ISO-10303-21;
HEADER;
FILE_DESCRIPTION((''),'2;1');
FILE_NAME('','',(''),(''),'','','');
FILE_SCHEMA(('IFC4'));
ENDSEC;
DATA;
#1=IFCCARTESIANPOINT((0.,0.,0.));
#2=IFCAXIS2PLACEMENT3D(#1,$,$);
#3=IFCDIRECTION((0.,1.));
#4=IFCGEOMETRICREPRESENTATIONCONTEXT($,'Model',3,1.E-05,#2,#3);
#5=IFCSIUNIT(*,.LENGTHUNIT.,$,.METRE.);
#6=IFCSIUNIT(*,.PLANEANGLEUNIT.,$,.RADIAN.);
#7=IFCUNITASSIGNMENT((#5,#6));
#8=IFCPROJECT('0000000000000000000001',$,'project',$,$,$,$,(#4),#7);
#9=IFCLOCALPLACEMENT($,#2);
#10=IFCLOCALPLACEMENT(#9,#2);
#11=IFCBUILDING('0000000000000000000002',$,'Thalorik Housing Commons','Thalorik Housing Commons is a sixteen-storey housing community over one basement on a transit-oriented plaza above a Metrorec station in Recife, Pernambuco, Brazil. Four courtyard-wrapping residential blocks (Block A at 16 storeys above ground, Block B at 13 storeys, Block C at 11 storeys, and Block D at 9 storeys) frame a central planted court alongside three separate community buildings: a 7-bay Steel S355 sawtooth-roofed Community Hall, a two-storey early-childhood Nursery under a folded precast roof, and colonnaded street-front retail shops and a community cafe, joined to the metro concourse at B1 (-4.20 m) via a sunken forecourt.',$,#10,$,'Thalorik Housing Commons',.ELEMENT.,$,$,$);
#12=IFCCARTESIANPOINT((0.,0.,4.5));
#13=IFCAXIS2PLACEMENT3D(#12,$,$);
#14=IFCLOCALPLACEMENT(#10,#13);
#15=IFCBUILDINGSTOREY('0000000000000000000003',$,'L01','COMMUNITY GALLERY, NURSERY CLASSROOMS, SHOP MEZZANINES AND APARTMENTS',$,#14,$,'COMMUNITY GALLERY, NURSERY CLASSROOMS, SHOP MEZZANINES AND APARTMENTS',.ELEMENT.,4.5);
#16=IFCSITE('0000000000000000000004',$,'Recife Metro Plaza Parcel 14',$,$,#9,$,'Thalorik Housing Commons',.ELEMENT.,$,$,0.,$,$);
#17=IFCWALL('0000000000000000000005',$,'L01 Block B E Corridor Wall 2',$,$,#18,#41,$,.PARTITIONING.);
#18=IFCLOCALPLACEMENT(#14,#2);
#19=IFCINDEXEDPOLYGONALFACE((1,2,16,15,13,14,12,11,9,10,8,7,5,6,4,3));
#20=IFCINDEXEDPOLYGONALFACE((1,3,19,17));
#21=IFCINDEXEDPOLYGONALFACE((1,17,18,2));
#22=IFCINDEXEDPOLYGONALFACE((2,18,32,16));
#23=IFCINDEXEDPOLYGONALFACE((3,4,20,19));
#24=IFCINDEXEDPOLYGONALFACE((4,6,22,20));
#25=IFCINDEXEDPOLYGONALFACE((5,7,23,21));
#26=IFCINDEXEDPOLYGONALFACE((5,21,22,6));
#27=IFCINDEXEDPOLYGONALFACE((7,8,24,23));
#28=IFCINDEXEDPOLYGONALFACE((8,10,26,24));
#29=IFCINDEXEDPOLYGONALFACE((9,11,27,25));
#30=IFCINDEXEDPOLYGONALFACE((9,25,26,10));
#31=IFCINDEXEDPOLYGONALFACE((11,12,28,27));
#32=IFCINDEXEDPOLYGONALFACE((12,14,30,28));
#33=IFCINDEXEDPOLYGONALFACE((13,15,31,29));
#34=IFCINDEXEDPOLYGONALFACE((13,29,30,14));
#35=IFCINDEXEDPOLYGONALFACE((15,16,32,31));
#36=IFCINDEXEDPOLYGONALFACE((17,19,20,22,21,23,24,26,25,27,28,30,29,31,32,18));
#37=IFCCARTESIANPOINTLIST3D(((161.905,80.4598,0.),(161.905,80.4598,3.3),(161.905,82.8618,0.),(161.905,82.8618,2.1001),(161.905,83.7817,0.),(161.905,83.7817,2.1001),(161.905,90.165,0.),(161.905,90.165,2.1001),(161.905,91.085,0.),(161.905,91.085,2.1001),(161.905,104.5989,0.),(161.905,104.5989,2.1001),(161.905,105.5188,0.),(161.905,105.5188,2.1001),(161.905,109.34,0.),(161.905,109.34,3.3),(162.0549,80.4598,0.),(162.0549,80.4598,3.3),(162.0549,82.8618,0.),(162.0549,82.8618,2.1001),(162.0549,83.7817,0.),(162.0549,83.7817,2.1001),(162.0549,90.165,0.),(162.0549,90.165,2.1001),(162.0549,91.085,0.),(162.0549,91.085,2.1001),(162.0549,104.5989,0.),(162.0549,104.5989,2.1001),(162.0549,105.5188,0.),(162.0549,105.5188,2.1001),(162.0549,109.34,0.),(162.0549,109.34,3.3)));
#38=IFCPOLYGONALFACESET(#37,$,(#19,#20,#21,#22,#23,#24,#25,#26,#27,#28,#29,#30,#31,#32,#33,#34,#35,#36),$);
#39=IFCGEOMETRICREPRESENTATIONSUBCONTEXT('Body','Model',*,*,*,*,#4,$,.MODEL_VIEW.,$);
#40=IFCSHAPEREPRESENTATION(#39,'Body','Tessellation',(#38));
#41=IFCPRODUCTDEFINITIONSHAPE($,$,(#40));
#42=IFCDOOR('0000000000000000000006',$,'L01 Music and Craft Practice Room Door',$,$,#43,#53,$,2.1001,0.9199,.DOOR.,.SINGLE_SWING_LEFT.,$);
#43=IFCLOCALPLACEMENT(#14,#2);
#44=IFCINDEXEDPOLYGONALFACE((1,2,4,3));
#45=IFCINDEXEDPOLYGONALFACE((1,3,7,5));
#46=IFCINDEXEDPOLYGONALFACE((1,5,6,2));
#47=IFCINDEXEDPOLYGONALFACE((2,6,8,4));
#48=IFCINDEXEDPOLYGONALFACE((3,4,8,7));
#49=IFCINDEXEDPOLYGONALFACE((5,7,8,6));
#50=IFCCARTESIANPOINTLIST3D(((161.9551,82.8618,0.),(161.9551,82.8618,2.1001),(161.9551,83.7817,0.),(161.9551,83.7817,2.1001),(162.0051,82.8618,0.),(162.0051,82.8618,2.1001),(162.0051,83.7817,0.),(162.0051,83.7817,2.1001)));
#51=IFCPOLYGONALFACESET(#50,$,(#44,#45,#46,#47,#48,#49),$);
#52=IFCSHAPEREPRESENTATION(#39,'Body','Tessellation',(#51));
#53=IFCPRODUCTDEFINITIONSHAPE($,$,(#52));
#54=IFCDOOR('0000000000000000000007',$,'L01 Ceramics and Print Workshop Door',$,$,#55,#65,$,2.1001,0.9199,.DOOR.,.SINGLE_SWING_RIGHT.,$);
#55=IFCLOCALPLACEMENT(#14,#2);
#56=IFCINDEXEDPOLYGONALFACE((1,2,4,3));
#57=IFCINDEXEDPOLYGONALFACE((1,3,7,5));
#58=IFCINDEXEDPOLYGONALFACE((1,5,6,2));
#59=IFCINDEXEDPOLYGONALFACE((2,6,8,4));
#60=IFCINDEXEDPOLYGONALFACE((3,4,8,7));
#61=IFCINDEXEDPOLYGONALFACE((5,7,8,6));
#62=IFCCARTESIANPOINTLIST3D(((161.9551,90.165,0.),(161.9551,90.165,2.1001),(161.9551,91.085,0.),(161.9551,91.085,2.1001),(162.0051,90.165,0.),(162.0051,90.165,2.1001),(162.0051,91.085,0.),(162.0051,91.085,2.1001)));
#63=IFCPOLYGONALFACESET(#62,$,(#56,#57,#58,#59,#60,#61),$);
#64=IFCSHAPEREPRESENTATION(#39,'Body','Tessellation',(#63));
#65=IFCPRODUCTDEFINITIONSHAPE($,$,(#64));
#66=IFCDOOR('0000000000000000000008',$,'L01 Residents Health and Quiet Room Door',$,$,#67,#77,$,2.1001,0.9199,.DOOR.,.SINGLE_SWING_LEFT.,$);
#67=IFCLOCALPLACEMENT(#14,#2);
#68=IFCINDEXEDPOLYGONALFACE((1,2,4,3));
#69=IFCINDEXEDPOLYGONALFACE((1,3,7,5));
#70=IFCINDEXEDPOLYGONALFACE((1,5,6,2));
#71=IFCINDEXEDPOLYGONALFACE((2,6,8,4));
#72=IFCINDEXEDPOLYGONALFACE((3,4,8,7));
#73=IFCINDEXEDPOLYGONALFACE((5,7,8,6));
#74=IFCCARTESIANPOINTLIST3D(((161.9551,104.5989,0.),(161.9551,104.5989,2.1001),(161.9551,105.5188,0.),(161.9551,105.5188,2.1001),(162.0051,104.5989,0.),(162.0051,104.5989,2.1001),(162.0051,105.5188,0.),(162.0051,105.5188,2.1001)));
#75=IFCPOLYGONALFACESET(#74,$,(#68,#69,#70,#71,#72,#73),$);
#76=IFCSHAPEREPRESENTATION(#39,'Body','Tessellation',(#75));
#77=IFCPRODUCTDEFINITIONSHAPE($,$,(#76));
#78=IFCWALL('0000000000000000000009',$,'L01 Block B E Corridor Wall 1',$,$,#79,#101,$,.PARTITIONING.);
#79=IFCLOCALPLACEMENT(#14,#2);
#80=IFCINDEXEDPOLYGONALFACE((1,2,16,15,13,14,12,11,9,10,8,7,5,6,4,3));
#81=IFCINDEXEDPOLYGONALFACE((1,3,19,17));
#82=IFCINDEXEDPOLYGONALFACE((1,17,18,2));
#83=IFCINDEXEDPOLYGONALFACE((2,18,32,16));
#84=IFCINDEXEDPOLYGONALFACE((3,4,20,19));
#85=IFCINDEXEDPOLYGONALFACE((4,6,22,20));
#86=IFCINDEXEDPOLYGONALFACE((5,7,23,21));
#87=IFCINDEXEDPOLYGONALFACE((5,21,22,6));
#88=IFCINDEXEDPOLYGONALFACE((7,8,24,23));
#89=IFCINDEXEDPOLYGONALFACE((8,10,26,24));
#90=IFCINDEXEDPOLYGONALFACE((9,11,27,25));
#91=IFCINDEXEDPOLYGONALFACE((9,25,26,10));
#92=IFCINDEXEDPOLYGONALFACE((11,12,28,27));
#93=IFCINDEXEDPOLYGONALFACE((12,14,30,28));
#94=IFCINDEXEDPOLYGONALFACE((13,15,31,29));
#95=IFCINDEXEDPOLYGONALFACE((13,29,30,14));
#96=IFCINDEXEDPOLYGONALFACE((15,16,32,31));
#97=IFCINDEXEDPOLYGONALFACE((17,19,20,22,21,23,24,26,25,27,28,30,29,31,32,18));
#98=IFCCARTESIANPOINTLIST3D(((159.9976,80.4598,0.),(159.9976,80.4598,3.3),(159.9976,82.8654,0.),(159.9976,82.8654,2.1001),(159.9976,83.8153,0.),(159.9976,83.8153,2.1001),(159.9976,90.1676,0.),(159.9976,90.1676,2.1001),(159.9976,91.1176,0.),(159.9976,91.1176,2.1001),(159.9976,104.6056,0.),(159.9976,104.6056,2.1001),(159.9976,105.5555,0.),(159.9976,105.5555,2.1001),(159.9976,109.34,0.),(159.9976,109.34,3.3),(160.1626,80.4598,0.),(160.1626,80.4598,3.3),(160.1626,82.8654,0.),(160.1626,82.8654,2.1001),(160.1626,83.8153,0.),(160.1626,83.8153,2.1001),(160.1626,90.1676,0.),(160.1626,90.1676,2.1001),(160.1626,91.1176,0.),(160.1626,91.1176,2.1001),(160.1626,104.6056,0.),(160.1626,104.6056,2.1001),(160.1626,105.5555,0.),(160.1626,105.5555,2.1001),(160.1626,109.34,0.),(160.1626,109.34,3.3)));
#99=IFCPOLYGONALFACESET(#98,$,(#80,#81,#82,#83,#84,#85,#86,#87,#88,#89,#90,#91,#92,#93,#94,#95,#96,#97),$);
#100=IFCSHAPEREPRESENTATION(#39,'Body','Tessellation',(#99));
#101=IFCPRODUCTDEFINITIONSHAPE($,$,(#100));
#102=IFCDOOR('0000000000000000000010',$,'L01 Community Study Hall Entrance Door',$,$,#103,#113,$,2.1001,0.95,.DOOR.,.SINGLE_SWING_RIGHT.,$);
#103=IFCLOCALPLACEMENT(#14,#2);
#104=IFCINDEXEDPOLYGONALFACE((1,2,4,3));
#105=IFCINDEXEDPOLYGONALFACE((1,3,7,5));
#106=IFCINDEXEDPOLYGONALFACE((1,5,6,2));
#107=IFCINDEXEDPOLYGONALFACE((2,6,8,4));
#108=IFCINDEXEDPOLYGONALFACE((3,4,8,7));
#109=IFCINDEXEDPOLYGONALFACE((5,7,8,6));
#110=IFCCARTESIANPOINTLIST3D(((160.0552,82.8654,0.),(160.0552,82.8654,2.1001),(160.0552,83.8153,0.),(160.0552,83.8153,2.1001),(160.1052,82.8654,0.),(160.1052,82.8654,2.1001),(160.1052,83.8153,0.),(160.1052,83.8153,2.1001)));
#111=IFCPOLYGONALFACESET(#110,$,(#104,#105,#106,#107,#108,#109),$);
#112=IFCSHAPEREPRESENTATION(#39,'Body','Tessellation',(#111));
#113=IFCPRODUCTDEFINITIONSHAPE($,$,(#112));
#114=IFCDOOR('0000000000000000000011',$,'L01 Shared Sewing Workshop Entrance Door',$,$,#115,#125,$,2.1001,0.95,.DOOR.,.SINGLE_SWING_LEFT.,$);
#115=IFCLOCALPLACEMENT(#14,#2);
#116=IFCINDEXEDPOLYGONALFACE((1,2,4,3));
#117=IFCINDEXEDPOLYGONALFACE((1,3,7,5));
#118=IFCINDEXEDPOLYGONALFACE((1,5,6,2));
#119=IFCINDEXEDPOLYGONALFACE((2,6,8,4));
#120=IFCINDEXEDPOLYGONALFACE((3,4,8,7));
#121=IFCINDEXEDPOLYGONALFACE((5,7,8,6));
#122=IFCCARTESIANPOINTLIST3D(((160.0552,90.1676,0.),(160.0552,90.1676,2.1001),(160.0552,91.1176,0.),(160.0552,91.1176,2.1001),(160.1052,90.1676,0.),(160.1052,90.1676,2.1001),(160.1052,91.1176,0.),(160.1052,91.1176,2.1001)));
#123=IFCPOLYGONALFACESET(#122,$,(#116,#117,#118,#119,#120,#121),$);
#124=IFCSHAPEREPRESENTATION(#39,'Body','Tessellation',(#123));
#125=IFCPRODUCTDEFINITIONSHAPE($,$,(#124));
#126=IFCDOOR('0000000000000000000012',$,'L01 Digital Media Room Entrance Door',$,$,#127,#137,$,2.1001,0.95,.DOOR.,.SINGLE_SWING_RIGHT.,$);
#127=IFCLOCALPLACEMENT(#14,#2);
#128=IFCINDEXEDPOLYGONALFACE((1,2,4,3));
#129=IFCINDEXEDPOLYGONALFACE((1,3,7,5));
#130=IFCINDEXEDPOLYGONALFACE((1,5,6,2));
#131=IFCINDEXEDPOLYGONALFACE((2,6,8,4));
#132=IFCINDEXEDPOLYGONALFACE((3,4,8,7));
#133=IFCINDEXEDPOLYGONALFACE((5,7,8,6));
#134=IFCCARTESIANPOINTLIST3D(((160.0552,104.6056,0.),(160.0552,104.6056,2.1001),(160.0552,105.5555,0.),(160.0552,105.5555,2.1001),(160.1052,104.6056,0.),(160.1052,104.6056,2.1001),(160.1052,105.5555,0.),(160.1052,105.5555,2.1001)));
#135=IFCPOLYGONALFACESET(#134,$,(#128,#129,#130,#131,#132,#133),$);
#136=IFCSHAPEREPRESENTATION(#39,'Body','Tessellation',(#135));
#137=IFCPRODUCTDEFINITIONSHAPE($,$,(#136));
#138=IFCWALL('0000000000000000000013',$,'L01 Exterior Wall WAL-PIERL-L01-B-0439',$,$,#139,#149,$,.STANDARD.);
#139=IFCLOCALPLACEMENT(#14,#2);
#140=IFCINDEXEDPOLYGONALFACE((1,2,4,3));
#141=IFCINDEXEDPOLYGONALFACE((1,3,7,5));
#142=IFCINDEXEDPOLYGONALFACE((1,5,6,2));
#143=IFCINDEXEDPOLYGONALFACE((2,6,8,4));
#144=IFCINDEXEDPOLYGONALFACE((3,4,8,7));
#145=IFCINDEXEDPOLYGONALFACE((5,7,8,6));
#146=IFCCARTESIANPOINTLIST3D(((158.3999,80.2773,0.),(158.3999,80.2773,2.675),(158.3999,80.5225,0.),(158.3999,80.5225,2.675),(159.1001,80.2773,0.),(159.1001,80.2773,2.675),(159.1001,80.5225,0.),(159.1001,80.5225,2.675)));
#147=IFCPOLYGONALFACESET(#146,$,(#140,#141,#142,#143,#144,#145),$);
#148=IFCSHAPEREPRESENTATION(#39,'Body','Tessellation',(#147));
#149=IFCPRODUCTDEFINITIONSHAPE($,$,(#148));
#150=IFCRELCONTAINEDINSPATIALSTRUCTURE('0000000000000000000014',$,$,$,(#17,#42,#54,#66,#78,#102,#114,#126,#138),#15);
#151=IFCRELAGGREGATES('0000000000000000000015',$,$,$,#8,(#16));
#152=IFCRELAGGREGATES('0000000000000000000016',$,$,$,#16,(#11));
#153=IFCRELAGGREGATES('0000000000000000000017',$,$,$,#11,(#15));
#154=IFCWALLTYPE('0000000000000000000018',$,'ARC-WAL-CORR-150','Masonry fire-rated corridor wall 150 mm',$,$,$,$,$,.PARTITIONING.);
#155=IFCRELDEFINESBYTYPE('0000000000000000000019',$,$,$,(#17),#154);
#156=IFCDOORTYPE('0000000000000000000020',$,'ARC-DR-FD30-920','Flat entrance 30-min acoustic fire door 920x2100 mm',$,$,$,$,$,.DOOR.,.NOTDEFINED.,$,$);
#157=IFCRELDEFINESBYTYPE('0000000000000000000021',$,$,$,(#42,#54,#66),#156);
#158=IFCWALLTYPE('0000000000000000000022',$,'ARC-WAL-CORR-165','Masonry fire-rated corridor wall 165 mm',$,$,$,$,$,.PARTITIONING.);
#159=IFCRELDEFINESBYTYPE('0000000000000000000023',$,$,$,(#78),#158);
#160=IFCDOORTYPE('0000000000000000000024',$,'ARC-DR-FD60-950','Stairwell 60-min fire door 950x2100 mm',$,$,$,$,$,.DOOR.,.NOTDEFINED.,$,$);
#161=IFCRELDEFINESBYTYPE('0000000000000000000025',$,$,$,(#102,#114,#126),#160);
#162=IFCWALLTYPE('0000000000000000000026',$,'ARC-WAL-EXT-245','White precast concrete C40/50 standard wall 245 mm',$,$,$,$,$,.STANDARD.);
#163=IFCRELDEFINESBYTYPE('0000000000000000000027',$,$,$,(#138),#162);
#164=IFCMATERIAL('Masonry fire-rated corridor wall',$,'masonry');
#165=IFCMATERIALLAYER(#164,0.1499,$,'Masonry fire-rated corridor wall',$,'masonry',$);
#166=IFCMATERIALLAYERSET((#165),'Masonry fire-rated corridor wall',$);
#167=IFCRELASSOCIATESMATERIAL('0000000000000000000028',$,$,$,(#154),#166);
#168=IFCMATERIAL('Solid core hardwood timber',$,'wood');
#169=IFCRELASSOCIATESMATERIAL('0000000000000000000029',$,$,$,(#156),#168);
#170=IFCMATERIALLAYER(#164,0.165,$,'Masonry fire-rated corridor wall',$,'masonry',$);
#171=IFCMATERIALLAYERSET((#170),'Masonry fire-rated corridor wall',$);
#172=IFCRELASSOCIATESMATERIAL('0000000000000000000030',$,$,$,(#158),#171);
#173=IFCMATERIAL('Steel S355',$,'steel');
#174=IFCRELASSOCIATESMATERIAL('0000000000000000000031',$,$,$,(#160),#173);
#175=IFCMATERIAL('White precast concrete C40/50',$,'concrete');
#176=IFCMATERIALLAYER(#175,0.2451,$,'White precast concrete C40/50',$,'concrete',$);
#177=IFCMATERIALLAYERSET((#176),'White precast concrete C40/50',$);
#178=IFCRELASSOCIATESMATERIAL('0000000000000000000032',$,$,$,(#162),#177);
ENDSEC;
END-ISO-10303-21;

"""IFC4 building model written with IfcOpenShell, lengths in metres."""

from ifc_helpers import new_model, si_unit, direction, frame, frame_2d, origin, place, context, subcontext, project, spatial, rectangle, extrude, material, layer, layer_set, type_object, element, fill, save


model = new_model("IFC4")

# Units and contexts
model_context = context("Model", 3, precision=1e-05, world=origin(), true_north=direction((0.0, 1.0)))
body_context = subcontext(model_context, "Body", "Model", "MODEL_VIEW")
ifc_project = project(units=[si_unit("LENGTHUNIT", "METRE"), si_unit("PLANEANGLEUNIT", "RADIAN")], contexts=[model_context])

# Site, building, storey
site_placement = place(None, origin())
site = spatial("IfcSite", under=ifc_project, at=site_placement, Name="Recife Metro Plaza Parcel 14", LongName="Thalorik Housing Commons", CompositionType="ELEMENT", RefElevation=0.0)
building_placement = place(site_placement, origin())
building = spatial("IfcBuilding", under=site, at=building_placement, Name="Thalorik Housing Commons", Description="Thalorik Housing Commons is a sixteen-storey housing community over one basement on a transit-oriented plaza above a Metrorec station in Recife, Pernambuco, Brazil. Four courtyard-wrapping residential blocks (Block A at 16 storeys above ground, Block B at 13 storeys, Block C at 11 storeys, and Block D at 9 storeys) frame a central planted court alongside three separate community buildings: a 7-bay Steel S355 sawtooth-roofed Community Hall, a two-storey early-childhood Nursery under a folded precast roof, and colonnaded street-front retail shops and a community cafe, joined to the metro concourse at B1 (-4.20 m) via a sunken forecourt.", LongName="Thalorik Housing Commons", CompositionType="ELEMENT")
storey_placement = place(building_placement, frame((0.0, 0.0, 4.5)))
storey = spatial("IfcBuildingStorey", under=building, at=storey_placement, Name="L01", Description="COMMUNITY GALLERY, NURSERY CLASSROOMS, SHOP MEZZANINES AND APARTMENTS", LongName="COMMUNITY GALLERY, NURSERY CLASSROOMS, SHOP MEZZANINES AND APARTMENTS", CompositionType="ELEMENT", Elevation=4.5)

# Walls, openings, doors
ifc_material_1 = material(Name="Masonry fire-rated corridor wall", Category="masonry")
ifc_layer_1 = layer(ifc_material_1, 0.1499, Name="Masonry fire-rated corridor wall", Category="masonry")
ifc_layer_set_1 = layer_set([ifc_layer_1], Name="Masonry fire-rated corridor wall")
wall_type_1 = type_object("IfcWallType", Name="ARC-WAL-CORR-150", Description="Masonry fire-rated corridor wall 150 mm", PredefinedType="PARTITIONING", material=ifc_layer_set_1)
wall_1_placement = place(storey_placement, frame((161.98, 80.46, 0.0), z_axis=(0.0, 0.0, 1.0), x_axis=(0.0, 1.0, 0.0)))
wall_1 = element("IfcWall", 1, at=wall_1_placement, inside=storey, type_object=wall_type_1, Name="L01 Block B E Corridor Wall 2", PredefinedType="PARTITIONING", context=body_context, shape_type="SweptSolid", body=[
    extrude(rectangle(XDim=28.8801, YDim=0.1499, at=frame_2d((14.4399, 0.0))), origin(), (0.0, 0.0, 1.0), 3.3),
])
opening_1_placement = place(wall_1_placement, frame((2.4019, 0.0, 0.0)))
opening_1 = element("IfcOpeningElement", 2, at=opening_1_placement, cuts=wall_1, PredefinedType="OPENING", context=body_context, shape_type="SweptSolid", body=[
    extrude(rectangle(XDim=0.9199, YDim=2.1001, at=frame_2d((0.46, 1.05))), frame((0.0, 0.085, 0.0), z_axis=(0.0, -1.0, 0.0), x_axis=(1.0, 0.0, 0.0)), (0.0, 0.0, 1.0), 0.1699),
])
opening_2_placement = place(wall_1_placement, frame((9.7051, 0.0, 0.0)))
opening_2 = element("IfcOpeningElement", 3, at=opening_2_placement, cuts=wall_1, PredefinedType="OPENING", context=body_context, shape_type="SweptSolid", body=[
    extrude(rectangle(XDim=0.9199, YDim=2.1001, at=frame_2d((0.46, 1.05))), frame((0.0, 0.085, 0.0), z_axis=(0.0, -1.0, 0.0), x_axis=(1.0, 0.0, 0.0)), (0.0, 0.0, 1.0), 0.1699),
])
opening_3_placement = place(wall_1_placement, frame((24.1389, 0.0, 0.0)))
opening_3 = element("IfcOpeningElement", 4, at=opening_3_placement, cuts=wall_1, PredefinedType="OPENING", context=body_context, shape_type="SweptSolid", body=[
    extrude(rectangle(XDim=0.9199, YDim=2.1001, at=frame_2d((0.46, 1.05))), frame((0.0, 0.085, 0.0), z_axis=(0.0, -1.0, 0.0), x_axis=(1.0, 0.0, 0.0)), (0.0, 0.0, 1.0), 0.1699),
])
ifc_material_2 = material(Name="Solid core hardwood timber", Category="wood")
door_type_1 = type_object("IfcDoorType", Name="ARC-DR-FD30-920", Description="Flat entrance 30-min acoustic fire door 920x2100 mm", OperationType="NOTDEFINED", PredefinedType="DOOR", material=ifc_material_2)
door_1_placement = place(opening_1_placement, origin())
door_1 = element("IfcDoor", 5, at=door_1_placement, inside=storey, type_object=door_type_1, Name="L01 Music and Craft Practice Room Door", OperationType="SINGLE_SWING_LEFT", OverallHeight=2.1001, OverallWidth=0.9199, PredefinedType="DOOR", context=body_context, shape_type="SweptSolid", body=[
    extrude(rectangle(XDim=0.9199, YDim=2.1001, at=frame_2d((0.46, 1.05))), frame((0.0, 0.0249, 0.0), z_axis=(0.0, -1.0, 0.0), x_axis=(1.0, 0.0, 0.0)), (0.0, 0.0, 1.0), 0.05),
])
fill(opening_1, door_1)
door_2_placement = place(opening_2_placement, origin())
door_2 = element("IfcDoor", 6, at=door_2_placement, inside=storey, type_object=door_type_1, Name="L01 Ceramics and Print Workshop Door", OperationType="SINGLE_SWING_RIGHT", OverallHeight=2.1001, OverallWidth=0.9199, PredefinedType="DOOR", context=body_context, shape_type="SweptSolid", body=[
    extrude(rectangle(XDim=0.9199, YDim=2.1001, at=frame_2d((0.46, 1.05))), frame((0.0, 0.0249, 0.0), z_axis=(0.0, -1.0, 0.0), x_axis=(1.0, 0.0, 0.0)), (0.0, 0.0, 1.0), 0.05),
])
fill(opening_2, door_2)
door_3_placement = place(opening_3_placement, origin())
door_3 = element("IfcDoor", 7, at=door_3_placement, inside=storey, type_object=door_type_1, Name="L01 Residents Health and Quiet Room Door", OperationType="SINGLE_SWING_LEFT", OverallHeight=2.1001, OverallWidth=0.9199, PredefinedType="DOOR", context=body_context, shape_type="SweptSolid", body=[
    extrude(rectangle(XDim=0.9199, YDim=2.1001, at=frame_2d((0.46, 1.05))), frame((0.0, 0.0249, 0.0), z_axis=(0.0, -1.0, 0.0), x_axis=(1.0, 0.0, 0.0)), (0.0, 0.0, 1.0), 0.05),
])
fill(opening_3, door_3)
ifc_layer_2 = layer(ifc_material_1, 0.165, Name="Masonry fire-rated corridor wall", Category="masonry")
ifc_layer_set_2 = layer_set([ifc_layer_2], Name="Masonry fire-rated corridor wall")
wall_type_2 = type_object("IfcWallType", Name="ARC-WAL-CORR-165", Description="Masonry fire-rated corridor wall 165 mm", PredefinedType="PARTITIONING", material=ifc_layer_set_2)
wall_2_placement = place(storey_placement, frame((160.0801, 80.46, 0.0), z_axis=(0.0, 0.0, 1.0), x_axis=(0.0, 1.0, 0.0)))
wall_2 = element("IfcWall", 8, at=wall_2_placement, inside=storey, type_object=wall_type_2, Name="L01 Block B E Corridor Wall 1", PredefinedType="PARTITIONING", context=body_context, shape_type="SweptSolid", body=[
    extrude(rectangle(XDim=28.8801, YDim=0.165, at=frame_2d((14.4399, 0.0))), origin(), (0.0, 0.0, 1.0), 3.3),
])
opening_4_placement = place(wall_2_placement, frame((2.4053, 0.0, 0.0)))
opening_4 = element("IfcOpeningElement", 9, at=opening_4_placement, cuts=wall_2, PredefinedType="OPENING", context=body_context, shape_type="SweptSolid", body=[
    extrude(rectangle(XDim=0.95, YDim=2.1001, at=frame_2d((0.4751, 1.05))), frame((0.0, 0.0925, 0.0), z_axis=(0.0, -1.0, 0.0), x_axis=(1.0, 0.0, 0.0)), (0.0, 0.0, 1.0), 0.1851),
])
opening_5_placement = place(wall_2_placement, frame((9.7075, 0.0, 0.0)))
opening_5 = element("IfcOpeningElement", 10, at=opening_5_placement, cuts=wall_2, PredefinedType="OPENING", context=body_context, shape_type="SweptSolid", body=[
    extrude(rectangle(XDim=0.95, YDim=2.1001, at=frame_2d((0.4751, 1.05))), frame((0.0, 0.0925, 0.0), z_axis=(0.0, -1.0, 0.0), x_axis=(1.0, 0.0, 0.0)), (0.0, 0.0, 1.0), 0.1851),
])
opening_6_placement = place(wall_2_placement, frame((24.1455, 0.0, 0.0)))
opening_6 = element("IfcOpeningElement", 11, at=opening_6_placement, cuts=wall_2, PredefinedType="OPENING", context=body_context, shape_type="SweptSolid", body=[
    extrude(rectangle(XDim=0.95, YDim=2.1001, at=frame_2d((0.4751, 1.05))), frame((0.0, 0.0925, 0.0), z_axis=(0.0, -1.0, 0.0), x_axis=(1.0, 0.0, 0.0)), (0.0, 0.0, 1.0), 0.1851),
])
ifc_material_3 = material(Name="Steel S355", Category="steel")
door_type_2 = type_object("IfcDoorType", Name="ARC-DR-FD60-950", Description="Stairwell 60-min fire door 950x2100 mm", OperationType="NOTDEFINED", PredefinedType="DOOR", material=ifc_material_3)
door_4_placement = place(opening_4_placement, origin())
door_4 = element("IfcDoor", 12, at=door_4_placement, inside=storey, type_object=door_type_2, Name="L01 Community Study Hall Entrance Door", OperationType="SINGLE_SWING_RIGHT", OverallHeight=2.1001, OverallWidth=0.95, PredefinedType="DOOR", context=body_context, shape_type="SweptSolid", body=[
    extrude(rectangle(XDim=0.95, YDim=2.1001, at=frame_2d((0.4751, 1.05))), frame((0.0, 0.0249, 0.0), z_axis=(0.0, -1.0, 0.0), x_axis=(1.0, 0.0, 0.0)), (0.0, 0.0, 1.0), 0.05),
])
fill(opening_4, door_4)
door_5_placement = place(opening_5_placement, origin())
door_5 = element("IfcDoor", 13, at=door_5_placement, inside=storey, type_object=door_type_2, Name="L01 Shared Sewing Workshop Entrance Door", OperationType="SINGLE_SWING_LEFT", OverallHeight=2.1001, OverallWidth=0.95, PredefinedType="DOOR", context=body_context, shape_type="SweptSolid", body=[
    extrude(rectangle(XDim=0.95, YDim=2.1001, at=frame_2d((0.4751, 1.05))), frame((0.0, 0.0249, 0.0), z_axis=(0.0, -1.0, 0.0), x_axis=(1.0, 0.0, 0.0)), (0.0, 0.0, 1.0), 0.05),
])
fill(opening_5, door_5)
door_6_placement = place(opening_6_placement, origin())
door_6 = element("IfcDoor", 14, at=door_6_placement, inside=storey, type_object=door_type_2, Name="L01 Digital Media Room Entrance Door", OperationType="SINGLE_SWING_RIGHT", OverallHeight=2.1001, OverallWidth=0.95, PredefinedType="DOOR", context=body_context, shape_type="SweptSolid", body=[
    extrude(rectangle(XDim=0.95, YDim=2.1001, at=frame_2d((0.4751, 1.05))), frame((0.0, 0.0249, 0.0), z_axis=(0.0, -1.0, 0.0), x_axis=(1.0, 0.0, 0.0)), (0.0, 0.0, 1.0), 0.05),
])
fill(opening_6, door_6)

# Wall
ifc_material_4 = material(Name="White precast concrete C40/50", Category="concrete")
ifc_layer_3 = layer(ifc_material_4, 0.2451, Name="White precast concrete C40/50", Category="concrete")
ifc_layer_set_3 = layer_set([ifc_layer_3], Name="White precast concrete C40/50")
wall_type_3 = type_object("IfcWallType", Name="ARC-WAL-EXT-245", Description="White precast concrete C40/50 standard wall 245 mm", PredefinedType="STANDARD", material=ifc_layer_set_3)
wall_3_placement = place(storey_placement, frame((158.3999, 80.3999, 0.0), z_axis=(0.0, 0.0, 1.0), x_axis=(1.0, 0.0, 0.0)))
element("IfcWall", 15, at=wall_3_placement, inside=storey, type_object=wall_type_3, Name="L01 Exterior Wall WAL-PIERL-L01-B-0439", PredefinedType="STANDARD", context=body_context, shape_type="SweptSolid", body=[
    extrude(rectangle(XDim=0.7002, YDim=0.2451, at=frame_2d((0.3501, 0.0))), origin(), (0.0, 0.0, 1.0), 2.675),
])

save(model, "model.ifc")
